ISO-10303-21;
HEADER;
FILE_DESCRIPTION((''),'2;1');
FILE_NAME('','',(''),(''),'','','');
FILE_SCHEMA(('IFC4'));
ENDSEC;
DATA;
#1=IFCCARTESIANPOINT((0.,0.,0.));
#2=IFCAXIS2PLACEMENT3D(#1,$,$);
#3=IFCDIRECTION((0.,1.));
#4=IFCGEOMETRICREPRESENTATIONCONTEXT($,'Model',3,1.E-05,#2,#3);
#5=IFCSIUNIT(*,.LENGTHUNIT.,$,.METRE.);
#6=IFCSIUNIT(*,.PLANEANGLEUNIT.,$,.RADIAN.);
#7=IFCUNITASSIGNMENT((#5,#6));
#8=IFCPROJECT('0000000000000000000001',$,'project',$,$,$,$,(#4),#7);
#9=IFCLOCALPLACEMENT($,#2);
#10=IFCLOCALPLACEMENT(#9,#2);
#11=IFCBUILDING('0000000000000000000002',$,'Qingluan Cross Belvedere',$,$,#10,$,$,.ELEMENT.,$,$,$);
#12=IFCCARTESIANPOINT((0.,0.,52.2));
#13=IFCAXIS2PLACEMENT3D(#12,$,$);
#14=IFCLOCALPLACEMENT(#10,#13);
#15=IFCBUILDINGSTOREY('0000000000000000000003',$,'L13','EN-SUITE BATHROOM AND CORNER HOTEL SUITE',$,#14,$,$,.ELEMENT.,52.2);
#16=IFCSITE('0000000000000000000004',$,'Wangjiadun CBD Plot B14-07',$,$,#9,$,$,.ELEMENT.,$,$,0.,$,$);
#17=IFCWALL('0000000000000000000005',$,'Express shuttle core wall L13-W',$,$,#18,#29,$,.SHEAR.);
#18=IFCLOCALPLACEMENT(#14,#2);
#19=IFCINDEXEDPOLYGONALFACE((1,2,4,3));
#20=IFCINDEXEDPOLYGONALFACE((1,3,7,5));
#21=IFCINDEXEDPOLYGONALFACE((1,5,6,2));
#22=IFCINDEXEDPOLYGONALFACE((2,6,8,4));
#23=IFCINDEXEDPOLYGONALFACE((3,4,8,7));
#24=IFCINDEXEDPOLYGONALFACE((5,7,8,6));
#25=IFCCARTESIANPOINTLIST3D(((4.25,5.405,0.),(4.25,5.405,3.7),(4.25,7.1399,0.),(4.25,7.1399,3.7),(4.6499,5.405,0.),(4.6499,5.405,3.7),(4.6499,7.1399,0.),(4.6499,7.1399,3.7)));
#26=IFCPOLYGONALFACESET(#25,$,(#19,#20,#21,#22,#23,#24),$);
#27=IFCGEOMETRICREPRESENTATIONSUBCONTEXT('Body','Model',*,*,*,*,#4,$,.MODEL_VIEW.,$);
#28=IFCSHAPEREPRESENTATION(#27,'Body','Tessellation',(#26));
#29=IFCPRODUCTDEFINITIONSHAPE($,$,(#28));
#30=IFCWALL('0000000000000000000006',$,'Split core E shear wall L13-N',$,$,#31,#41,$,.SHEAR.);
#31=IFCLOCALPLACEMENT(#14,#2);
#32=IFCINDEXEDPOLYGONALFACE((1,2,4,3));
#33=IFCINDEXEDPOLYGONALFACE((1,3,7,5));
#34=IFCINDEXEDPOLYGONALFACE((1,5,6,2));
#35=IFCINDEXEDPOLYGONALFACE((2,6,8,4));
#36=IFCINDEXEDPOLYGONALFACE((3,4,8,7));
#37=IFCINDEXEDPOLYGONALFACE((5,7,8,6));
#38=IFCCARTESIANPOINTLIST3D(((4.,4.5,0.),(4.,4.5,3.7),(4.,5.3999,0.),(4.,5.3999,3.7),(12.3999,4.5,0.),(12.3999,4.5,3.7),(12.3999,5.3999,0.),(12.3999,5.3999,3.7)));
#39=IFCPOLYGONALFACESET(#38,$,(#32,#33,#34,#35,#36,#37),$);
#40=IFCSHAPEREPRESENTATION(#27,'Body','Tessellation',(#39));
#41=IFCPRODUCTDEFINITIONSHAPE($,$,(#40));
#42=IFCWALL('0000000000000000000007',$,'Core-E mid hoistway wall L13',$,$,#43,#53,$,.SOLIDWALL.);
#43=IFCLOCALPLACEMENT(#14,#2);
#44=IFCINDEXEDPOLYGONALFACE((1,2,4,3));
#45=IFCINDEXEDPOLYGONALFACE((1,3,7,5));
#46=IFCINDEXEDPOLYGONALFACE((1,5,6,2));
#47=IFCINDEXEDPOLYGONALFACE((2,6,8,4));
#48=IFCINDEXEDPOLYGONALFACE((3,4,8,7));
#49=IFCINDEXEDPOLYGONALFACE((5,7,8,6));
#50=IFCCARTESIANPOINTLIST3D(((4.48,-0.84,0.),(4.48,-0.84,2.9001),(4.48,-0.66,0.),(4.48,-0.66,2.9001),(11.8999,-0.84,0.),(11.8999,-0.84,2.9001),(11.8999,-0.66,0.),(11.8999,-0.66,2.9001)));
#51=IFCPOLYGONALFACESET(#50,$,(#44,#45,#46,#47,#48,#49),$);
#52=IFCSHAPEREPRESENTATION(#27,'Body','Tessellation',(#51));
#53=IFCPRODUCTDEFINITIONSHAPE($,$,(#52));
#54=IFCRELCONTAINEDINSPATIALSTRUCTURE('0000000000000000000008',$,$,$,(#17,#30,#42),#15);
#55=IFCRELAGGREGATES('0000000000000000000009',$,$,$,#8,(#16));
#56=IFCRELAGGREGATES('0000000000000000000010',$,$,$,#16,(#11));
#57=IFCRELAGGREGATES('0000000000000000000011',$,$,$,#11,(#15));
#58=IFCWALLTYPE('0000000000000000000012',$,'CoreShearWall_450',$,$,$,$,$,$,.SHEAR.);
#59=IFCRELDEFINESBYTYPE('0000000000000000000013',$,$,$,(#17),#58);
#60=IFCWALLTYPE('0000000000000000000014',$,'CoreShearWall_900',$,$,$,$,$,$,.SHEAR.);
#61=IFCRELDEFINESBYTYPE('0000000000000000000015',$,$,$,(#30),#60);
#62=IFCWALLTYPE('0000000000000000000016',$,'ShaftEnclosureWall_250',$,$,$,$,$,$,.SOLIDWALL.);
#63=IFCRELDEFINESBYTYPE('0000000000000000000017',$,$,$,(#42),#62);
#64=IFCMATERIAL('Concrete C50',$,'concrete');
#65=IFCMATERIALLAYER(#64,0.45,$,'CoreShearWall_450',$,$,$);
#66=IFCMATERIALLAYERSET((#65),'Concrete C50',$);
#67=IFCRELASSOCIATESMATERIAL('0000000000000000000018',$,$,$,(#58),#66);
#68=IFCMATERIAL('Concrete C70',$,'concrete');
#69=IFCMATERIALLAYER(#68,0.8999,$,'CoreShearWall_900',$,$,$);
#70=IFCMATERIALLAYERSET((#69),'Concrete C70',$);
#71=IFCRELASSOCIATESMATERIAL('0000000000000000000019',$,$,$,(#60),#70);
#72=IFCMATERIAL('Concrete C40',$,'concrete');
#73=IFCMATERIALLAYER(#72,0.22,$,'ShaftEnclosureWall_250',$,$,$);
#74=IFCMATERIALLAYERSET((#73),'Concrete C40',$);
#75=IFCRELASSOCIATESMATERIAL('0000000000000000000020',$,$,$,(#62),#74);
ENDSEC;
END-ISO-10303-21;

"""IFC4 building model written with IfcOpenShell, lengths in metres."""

from ifc_helpers import new_model, si_unit, direction, frame, frame_2d, origin, place, context, subcontext, project, spatial, rectangle, extrude, material, layer, layer_set, type_object, element, save


model = new_model("IFC4")

# Units and contexts
model_context = context("Model", 3, precision=1e-05, world=origin(), true_north=direction((0.0, 1.0)))
body_context = subcontext(model_context, "Body", "Model", "MODEL_VIEW")
ifc_project = project(units=[si_unit("LENGTHUNIT", "METRE"), si_unit("PLANEANGLEUNIT", "RADIAN")], contexts=[model_context])

# Site, building, storey
site_placement = place(None, origin())
site = spatial("IfcSite", under=ifc_project, at=site_placement, Name="Wangjiadun CBD Plot B14-07", CompositionType="ELEMENT", RefElevation=0.0)
building_placement = place(site_placement, origin())
building = spatial("IfcBuilding", under=site, at=building_placement, Name="Qingluan Cross Belvedere", CompositionType="ELEMENT")
storey_placement = place(building_placement, frame((0.0, 0.0, 52.2)))
storey = spatial("IfcBuildingStorey", under=building, at=storey_placement, Name="L13", Description="EN-SUITE BATHROOM AND CORNER HOTEL SUITE", CompositionType="ELEMENT", Elevation=52.2)

# Walls
ifc_material_1 = material(Name="Concrete C50", Category="concrete")
ifc_layer_1 = layer(ifc_material_1, 0.45, Name="CoreShearWall_450")
ifc_layer_set_1 = layer_set([ifc_layer_1], Name="Concrete C50")
wall_type_1 = type_object("IfcWallType", Name="CoreShearWall_450", PredefinedType="SHEAR", material=ifc_layer_set_1)
wall_1_placement = place(storey_placement, frame((4.45, 5.405, 0.0), z_axis=(0.0, 0.0, 1.0), x_axis=(0.0, 1.0, 0.0)))
element("IfcWall", 1, at=wall_1_placement, inside=storey, type_object=wall_type_1, Name="Express shuttle core wall L13-W", PredefinedType="SHEAR", context=body_context, shape_type="SweptSolid", body=[
    extrude(rectangle(XDim=1.7349, YDim=0.3999, at=frame_2d((0.8674, 0.0))), origin(), (0.0, 0.0, 1.0), 3.7),
])
ifc_material_2 = material(Name="Concrete C70", Category="concrete")
ifc_layer_2 = layer(ifc_material_2, 0.8999, Name="CoreShearWall_900")
ifc_layer_set_2 = layer_set([ifc_layer_2], Name="Concrete C70")
wall_type_2 = type_object("IfcWallType", Name="CoreShearWall_900", PredefinedType="SHEAR", material=ifc_layer_set_2)
wall_2_placement = place(storey_placement, frame((4.0, 4.95, 0.0), z_axis=(0.0, 0.0, 1.0), x_axis=(1.0, 0.0, 0.0)))
element("IfcWall", 2, at=wall_2_placement, inside=storey, type_object=wall_type_2, Name="Split core E shear wall L13-N", PredefinedType="SHEAR", context=body_context, shape_type="SweptSolid", body=[
    extrude(rectangle(XDim=8.3999, YDim=0.8999, at=frame_2d((4.2, 0.0))), origin(), (0.0, 0.0, 1.0), 3.7),
])

# Shared definitions
ifc_material_3 = material(Name="Concrete C40", Category="concrete")
ifc_layer_3 = layer(ifc_material_3, 0.22, Name="ShaftEnclosureWall_250")
ifc_layer_set_3 = layer_set([ifc_layer_3], Name="Concrete C40")
wall_type_3 = type_object("IfcWallType", Name="ShaftEnclosureWall_250", PredefinedType="SOLIDWALL", material=ifc_layer_set_3)

# Wall
wall_3_placement = place(storey_placement, frame((4.48, -0.75, 0.0), z_axis=(0.0, 0.0, 1.0), x_axis=(1.0, 0.0, 0.0)))
element("IfcWall", 3, at=wall_3_placement, inside=storey, type_object=wall_type_3, Name="Core-E mid hoistway wall L13", PredefinedType="SOLIDWALL", context=body_context, shape_type="SweptSolid", body=[
    extrude(rectangle(XDim=7.4199, YDim=0.1799, at=frame_2d((3.71, 0.0))), origin(), (0.0, 0.0, 1.0), 2.9001),
])

save(model, "model.ifc")
